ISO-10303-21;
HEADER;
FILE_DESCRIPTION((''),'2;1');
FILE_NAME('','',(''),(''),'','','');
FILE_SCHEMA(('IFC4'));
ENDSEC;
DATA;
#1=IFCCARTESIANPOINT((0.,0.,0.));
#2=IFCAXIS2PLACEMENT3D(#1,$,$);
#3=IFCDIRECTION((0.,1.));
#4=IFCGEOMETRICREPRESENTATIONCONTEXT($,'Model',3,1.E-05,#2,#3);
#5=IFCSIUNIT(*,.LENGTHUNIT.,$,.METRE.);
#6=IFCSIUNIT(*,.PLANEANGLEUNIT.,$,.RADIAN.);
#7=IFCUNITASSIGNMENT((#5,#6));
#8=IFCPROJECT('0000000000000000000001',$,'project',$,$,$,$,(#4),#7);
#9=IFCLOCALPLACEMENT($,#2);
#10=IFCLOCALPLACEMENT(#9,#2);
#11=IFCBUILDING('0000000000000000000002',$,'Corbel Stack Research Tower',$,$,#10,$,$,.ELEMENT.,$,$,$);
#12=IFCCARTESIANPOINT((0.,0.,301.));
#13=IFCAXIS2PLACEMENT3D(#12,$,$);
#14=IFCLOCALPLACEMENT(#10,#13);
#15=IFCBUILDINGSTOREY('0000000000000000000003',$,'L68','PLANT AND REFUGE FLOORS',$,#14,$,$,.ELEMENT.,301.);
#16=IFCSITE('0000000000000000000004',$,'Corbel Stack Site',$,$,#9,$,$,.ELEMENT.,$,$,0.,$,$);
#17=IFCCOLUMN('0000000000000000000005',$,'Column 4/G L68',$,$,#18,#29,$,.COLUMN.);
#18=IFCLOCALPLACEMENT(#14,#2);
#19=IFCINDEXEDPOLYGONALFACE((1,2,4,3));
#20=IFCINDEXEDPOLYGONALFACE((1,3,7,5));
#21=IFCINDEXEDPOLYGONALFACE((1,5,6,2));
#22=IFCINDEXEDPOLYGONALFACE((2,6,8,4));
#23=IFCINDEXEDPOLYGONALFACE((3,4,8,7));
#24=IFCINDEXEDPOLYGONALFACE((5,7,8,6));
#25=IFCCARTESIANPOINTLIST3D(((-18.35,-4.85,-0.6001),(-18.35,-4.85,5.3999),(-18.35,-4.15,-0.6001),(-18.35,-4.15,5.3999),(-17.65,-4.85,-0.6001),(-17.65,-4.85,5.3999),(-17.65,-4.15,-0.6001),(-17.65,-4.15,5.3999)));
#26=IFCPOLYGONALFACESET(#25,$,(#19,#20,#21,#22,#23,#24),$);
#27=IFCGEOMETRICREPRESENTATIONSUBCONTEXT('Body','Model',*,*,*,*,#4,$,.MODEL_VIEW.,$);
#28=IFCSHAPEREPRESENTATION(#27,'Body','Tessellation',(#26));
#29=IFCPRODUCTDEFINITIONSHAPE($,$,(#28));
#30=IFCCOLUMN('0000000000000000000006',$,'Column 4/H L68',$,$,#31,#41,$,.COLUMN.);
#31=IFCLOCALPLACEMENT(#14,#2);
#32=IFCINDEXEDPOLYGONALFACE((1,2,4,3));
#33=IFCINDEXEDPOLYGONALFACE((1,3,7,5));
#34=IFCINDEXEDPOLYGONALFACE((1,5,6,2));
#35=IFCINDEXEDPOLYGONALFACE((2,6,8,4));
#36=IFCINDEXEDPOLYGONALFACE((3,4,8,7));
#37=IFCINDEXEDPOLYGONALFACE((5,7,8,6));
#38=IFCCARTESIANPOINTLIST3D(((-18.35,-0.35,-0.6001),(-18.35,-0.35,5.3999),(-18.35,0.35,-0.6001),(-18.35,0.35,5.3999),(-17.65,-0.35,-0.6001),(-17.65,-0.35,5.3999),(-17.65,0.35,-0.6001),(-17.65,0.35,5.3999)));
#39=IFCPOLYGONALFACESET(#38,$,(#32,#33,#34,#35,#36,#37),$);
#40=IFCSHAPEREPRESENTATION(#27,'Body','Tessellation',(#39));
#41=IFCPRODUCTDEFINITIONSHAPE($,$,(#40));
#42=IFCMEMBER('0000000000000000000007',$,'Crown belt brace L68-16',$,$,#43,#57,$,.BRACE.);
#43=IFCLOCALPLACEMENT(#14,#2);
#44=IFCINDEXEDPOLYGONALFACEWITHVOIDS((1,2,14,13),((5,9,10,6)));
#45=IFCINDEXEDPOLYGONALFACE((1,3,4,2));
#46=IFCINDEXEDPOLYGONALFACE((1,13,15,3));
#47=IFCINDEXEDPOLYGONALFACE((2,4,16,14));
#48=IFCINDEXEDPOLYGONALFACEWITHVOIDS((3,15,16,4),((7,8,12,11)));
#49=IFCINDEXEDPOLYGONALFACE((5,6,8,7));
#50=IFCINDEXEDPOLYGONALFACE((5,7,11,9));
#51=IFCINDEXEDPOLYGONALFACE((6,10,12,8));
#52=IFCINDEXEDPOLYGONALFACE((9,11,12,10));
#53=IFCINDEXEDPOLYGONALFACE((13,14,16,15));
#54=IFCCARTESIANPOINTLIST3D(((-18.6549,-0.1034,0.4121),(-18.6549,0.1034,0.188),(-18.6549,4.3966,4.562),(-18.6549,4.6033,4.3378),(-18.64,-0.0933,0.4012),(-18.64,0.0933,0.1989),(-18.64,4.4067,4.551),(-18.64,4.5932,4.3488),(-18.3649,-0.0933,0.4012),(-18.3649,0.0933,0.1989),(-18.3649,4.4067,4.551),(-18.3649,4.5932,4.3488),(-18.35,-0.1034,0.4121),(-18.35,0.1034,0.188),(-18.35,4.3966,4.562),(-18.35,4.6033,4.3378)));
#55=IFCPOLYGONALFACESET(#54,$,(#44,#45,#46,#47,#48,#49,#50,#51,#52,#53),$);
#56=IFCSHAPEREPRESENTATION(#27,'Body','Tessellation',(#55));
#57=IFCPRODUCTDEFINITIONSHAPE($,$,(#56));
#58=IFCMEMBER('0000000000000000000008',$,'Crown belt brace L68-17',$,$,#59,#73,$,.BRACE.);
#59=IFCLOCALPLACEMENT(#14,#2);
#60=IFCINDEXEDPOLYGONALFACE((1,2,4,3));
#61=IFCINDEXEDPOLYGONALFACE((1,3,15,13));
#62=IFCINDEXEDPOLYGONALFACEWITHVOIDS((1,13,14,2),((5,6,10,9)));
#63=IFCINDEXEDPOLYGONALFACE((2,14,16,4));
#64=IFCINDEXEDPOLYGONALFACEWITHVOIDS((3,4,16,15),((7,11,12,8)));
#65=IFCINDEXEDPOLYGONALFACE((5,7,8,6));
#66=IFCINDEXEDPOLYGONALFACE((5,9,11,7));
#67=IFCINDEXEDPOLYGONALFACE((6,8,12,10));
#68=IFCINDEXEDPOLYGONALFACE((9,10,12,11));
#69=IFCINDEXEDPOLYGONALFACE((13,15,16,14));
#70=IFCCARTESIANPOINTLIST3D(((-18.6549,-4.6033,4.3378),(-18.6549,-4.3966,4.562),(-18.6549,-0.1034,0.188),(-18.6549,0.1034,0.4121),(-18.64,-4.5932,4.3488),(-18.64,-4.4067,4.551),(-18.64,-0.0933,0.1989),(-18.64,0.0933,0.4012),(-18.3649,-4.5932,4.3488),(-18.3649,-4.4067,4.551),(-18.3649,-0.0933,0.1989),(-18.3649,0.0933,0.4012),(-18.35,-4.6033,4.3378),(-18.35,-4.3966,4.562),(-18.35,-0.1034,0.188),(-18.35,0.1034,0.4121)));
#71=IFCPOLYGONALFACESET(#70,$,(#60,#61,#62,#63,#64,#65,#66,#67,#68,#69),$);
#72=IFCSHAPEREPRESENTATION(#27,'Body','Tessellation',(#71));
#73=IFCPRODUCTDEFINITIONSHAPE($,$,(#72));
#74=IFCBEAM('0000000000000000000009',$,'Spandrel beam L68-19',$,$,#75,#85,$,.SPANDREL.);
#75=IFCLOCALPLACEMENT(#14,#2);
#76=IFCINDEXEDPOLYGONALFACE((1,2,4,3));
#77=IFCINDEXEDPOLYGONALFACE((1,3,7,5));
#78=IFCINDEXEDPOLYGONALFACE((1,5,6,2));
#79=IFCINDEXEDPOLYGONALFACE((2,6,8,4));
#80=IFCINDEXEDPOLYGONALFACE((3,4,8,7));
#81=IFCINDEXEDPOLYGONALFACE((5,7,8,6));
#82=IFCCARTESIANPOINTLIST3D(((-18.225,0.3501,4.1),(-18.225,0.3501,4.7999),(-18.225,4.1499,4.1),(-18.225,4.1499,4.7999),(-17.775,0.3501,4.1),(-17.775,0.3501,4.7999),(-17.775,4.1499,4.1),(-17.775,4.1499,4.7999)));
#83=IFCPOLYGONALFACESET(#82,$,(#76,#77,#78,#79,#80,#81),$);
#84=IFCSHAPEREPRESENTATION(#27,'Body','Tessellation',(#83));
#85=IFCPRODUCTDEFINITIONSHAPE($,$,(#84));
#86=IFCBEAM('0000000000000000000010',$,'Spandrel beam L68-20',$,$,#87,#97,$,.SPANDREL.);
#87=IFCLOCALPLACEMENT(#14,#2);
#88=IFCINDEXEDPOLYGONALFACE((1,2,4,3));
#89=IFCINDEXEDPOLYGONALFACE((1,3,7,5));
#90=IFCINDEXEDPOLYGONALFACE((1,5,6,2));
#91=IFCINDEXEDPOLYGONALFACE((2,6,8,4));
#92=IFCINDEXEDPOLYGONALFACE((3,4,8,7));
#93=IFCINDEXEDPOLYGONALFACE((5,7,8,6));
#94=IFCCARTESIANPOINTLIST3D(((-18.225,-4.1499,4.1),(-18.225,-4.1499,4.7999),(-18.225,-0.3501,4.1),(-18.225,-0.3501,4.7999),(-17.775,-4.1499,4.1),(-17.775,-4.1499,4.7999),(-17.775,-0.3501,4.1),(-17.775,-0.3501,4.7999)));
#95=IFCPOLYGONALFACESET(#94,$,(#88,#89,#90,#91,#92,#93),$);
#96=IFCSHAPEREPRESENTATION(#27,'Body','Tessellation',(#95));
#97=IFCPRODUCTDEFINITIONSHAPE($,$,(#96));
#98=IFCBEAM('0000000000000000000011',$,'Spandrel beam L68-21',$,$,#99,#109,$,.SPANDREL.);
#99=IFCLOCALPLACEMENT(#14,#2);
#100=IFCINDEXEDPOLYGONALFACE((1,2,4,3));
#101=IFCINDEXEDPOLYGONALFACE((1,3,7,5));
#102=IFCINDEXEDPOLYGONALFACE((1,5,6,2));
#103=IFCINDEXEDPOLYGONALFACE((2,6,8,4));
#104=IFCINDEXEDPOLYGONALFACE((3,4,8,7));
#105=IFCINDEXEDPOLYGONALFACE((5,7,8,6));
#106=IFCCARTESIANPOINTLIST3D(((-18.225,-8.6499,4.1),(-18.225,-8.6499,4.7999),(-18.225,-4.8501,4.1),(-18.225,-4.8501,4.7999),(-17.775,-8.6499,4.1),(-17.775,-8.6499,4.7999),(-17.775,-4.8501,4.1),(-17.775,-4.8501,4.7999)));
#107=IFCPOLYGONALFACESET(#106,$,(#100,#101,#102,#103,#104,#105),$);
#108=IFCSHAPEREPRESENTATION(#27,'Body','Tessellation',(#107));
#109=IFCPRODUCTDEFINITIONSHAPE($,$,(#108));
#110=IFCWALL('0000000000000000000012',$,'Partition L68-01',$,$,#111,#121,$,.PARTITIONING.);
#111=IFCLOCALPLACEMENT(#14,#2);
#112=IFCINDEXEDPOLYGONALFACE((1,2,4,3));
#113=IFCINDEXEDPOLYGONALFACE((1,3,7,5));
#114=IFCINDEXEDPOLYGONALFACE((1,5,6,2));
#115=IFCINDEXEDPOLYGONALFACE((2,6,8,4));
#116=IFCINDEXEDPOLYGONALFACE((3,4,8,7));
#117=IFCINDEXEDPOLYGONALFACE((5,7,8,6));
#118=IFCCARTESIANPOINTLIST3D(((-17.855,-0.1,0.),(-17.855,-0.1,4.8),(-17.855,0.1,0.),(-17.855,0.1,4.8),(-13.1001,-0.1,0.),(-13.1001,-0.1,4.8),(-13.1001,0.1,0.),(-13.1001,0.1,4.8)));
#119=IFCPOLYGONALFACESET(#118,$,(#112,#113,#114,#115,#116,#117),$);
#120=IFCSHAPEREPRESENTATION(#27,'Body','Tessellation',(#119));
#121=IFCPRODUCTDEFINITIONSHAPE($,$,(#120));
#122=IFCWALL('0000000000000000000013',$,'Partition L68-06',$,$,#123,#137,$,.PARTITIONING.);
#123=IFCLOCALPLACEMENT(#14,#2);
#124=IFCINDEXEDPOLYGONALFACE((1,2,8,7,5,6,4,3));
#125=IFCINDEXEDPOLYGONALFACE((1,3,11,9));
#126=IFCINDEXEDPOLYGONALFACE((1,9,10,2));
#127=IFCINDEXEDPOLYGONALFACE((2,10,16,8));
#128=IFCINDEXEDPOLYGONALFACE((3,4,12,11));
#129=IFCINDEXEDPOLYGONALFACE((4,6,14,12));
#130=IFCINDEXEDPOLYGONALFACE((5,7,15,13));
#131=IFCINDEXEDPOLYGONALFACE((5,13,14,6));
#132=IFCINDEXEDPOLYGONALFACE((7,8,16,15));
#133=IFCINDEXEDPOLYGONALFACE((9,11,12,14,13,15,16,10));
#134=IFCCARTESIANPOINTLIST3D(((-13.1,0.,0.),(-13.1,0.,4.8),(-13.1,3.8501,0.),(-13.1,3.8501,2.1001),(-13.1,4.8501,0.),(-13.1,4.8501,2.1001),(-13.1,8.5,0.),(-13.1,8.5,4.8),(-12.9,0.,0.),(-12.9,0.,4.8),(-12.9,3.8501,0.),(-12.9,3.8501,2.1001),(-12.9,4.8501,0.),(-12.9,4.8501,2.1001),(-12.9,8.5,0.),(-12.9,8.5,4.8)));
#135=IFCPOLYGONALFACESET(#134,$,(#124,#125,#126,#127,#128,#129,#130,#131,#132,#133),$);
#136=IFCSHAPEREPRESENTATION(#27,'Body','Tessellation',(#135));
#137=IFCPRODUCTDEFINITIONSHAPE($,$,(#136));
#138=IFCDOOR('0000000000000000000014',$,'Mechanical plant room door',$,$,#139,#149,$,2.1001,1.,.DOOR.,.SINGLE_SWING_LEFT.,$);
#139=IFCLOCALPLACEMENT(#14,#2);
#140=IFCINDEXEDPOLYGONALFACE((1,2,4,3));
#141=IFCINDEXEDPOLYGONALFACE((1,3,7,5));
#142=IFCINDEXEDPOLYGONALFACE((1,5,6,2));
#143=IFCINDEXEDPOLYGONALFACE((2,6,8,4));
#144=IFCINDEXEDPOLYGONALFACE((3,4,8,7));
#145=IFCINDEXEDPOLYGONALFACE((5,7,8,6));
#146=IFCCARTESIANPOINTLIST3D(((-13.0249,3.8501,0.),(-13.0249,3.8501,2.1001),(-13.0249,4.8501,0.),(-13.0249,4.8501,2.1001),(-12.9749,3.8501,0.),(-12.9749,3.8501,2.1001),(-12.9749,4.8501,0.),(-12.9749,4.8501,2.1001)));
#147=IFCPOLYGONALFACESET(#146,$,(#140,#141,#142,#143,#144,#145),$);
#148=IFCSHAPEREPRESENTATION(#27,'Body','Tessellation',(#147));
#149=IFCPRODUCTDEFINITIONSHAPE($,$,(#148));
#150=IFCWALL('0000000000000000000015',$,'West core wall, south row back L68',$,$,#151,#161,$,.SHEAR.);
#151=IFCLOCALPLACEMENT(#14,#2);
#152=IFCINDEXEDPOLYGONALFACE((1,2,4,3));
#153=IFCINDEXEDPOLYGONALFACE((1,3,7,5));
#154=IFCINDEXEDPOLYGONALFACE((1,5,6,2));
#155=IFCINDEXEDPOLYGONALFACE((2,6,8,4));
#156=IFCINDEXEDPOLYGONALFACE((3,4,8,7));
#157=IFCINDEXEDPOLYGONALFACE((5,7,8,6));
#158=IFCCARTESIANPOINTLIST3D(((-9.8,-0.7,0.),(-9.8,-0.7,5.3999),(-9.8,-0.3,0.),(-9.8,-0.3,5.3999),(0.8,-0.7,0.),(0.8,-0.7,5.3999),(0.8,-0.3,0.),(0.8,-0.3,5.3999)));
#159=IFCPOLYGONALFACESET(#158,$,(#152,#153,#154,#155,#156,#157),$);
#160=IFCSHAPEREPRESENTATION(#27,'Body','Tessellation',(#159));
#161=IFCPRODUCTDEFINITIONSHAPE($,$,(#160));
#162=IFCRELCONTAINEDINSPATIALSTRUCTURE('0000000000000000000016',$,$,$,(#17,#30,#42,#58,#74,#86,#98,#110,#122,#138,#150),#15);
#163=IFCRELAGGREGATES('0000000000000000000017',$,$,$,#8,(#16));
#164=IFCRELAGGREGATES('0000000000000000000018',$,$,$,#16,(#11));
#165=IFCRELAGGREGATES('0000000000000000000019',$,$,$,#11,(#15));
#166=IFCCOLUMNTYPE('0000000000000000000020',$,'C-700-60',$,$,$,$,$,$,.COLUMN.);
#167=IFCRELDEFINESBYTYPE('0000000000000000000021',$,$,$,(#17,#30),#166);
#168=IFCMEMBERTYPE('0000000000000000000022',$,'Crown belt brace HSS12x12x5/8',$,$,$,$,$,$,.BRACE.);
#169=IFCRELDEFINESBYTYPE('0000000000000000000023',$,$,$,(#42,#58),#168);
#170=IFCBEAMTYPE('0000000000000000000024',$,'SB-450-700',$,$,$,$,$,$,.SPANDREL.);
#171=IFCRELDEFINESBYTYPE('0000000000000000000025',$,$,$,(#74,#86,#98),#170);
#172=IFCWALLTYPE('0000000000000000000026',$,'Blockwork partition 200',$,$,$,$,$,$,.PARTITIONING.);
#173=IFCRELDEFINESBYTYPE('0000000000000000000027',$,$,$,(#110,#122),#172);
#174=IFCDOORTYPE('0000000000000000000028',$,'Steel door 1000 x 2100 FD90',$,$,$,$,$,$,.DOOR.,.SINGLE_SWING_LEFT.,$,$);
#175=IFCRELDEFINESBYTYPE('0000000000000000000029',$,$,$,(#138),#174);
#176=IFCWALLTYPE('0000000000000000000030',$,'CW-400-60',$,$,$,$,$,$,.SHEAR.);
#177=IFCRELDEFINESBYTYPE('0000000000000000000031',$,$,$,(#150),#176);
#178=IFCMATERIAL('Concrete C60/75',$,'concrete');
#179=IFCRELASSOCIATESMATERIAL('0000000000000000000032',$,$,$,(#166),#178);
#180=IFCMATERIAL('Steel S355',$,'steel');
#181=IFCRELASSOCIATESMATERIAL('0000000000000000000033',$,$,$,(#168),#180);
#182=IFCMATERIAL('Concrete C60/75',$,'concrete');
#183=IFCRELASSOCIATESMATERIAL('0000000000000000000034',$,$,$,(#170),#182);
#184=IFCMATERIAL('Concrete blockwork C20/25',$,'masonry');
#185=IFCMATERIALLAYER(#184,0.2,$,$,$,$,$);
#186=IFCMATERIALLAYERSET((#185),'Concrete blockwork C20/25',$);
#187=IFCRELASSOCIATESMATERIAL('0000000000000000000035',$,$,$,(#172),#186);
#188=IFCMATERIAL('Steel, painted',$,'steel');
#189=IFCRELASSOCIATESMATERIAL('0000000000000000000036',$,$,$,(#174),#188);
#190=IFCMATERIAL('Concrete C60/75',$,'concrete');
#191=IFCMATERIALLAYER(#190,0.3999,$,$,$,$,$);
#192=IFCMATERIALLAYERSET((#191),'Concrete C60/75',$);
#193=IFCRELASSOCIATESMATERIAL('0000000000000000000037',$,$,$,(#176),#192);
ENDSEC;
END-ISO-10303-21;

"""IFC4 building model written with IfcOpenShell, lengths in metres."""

from ifc_helpers import new_model, si_unit, direction, frame, frame_2d, origin, origin_2d, place, context, subcontext, project, spatial, rectangle, hollow_rectangle, extrude, material, layer, layer_set, material_profile, profile_set, type_object, element, fill, save


model = new_model("IFC4")

# Units and contexts
model_context = context("Model", 3, precision=1e-05, world=origin(), true_north=direction((0.0, 1.0)))
body_context = subcontext(model_context, "Body", "Model", "MODEL_VIEW")
ifc_project = project(units=[si_unit("LENGTHUNIT", "METRE"), si_unit("PLANEANGLEUNIT", "RADIAN")], contexts=[model_context])

# Site, building, storey
site_placement = place(None, origin())
site = spatial("IfcSite", under=ifc_project, at=site_placement, Name="Corbel Stack Site", CompositionType="ELEMENT", RefElevation=0.0)
building_placement = place(site_placement, origin())
building = spatial("IfcBuilding", under=site, at=building_placement, Name="Corbel Stack Research Tower", CompositionType="ELEMENT")
storey_placement = place(building_placement, frame((0.0, 0.0, 301.0)))
storey = spatial("IfcBuildingStorey", under=building, at=storey_placement, Name="L68", Description="PLANT AND REFUGE FLOORS", CompositionType="ELEMENT", Elevation=301.0)

# Columns
ifc_material_1 = material(Name="Concrete C60/75", Category="concrete")
ifc_material_profile_1 = material_profile(ifc_material_1, rectangle(XDim=0.7, YDim=0.7, at=origin_2d()), Name="RC 700 x 700")
ifc_profile_set_1 = profile_set([ifc_material_profile_1], Name="Concrete C60/75")
column_type = type_object("IfcColumnType", Name="C-700-60", PredefinedType="COLUMN", material=ifc_profile_set_1)
for number, where, z_axis, x_axis, name in (
    (1, (-18.0, -4.5, -0.6001), (0.0, 0.0, 1.0), (1.0, 0.0, 0.0), "Column 4/G L68"),
    (2, (-18.0, 0.0, -0.6001), (0.0, 0.0, 1.0), (1.0, 0.0, 0.0), "Column 4/H L68"),
):
    element("IfcColumn", number, at=place(storey_placement, frame(where, z_axis=z_axis, x_axis=x_axis)), inside=storey, type_object=column_type, Name=name, PredefinedType="COLUMN", context=body_context, shape_type="SweptSolid", body=[
        extrude(rectangle(XDim=0.7, YDim=0.7, at=origin_2d()), origin(), (0.0, 0.0, 1.0), 6.0),
    ])

# Members
ifc_material_2 = material(Name="Steel S355", Category="steel")
ifc_material_profile_2 = material_profile(ifc_material_2, hollow_rectangle(XDim=0.3049, YDim=0.3049, WallThickness=0.0149, at=origin_2d()), Name="HSS12x12x5/8")
ifc_profile_set_2 = profile_set([ifc_material_profile_2], Name="Steel S355")
member_type = type_object("IfcMemberType", Name="Crown belt brace HSS12x12x5/8", PredefinedType="BRACE", material=ifc_profile_set_2)
for number, where, z_axis, x_axis, name in (
    (3, (-18.5024, 0.0, 0.3), (0.0, 0.735124, 0.677932), (-1.0, 0.0, 0.0), "Crown belt brace L68-16"),
    (4, (-18.5024, 0.0, 0.3), (0.0, -0.735124, 0.677932), (1.0, 0.0, 0.0), "Crown belt brace L68-17"),
):
    element("IfcMember", number, at=place(storey_placement, frame(where, z_axis=z_axis, x_axis=x_axis)), inside=storey, type_object=member_type, Name=name, PredefinedType="BRACE", context=body_context, shape_type="SweptSolid", body=[
        extrude(hollow_rectangle(XDim=0.3049, YDim=0.3049, WallThickness=0.0149, at=origin_2d()), origin(), (0.0, 0.0, 1.0), 6.1213),
    ])

# Beams
ifc_material_3 = material(Name="Concrete C60/75", Category="concrete")
ifc_material_profile_3 = material_profile(ifc_material_3, rectangle(XDim=0.45, YDim=0.7, at=origin_2d()), Name="RC 450 x 700")
ifc_profile_set_3 = profile_set([ifc_material_profile_3], Name="Concrete C60/75")
beam_type = type_object("IfcBeamType", Name="SB-450-700", PredefinedType="SPANDREL", material=ifc_profile_set_3)
for number, where, z_axis, x_axis, name in (
    (5, (-18.0, 4.1499, 4.45), (0.0, -1.0, 0.0), (1.0, 0.0, 0.0), "Spandrel beam L68-19"),
    (6, (-18.0, -0.3501, 4.45), (0.0, -1.0, 0.0), (1.0, 0.0, 0.0), "Spandrel beam L68-20"),
    (7, (-18.0, -4.8501, 4.45), (0.0, -1.0, 0.0), (1.0, 0.0, 0.0), "Spandrel beam L68-21"),
):
    element("IfcBeam", number, at=place(storey_placement, frame(where, z_axis=z_axis, x_axis=x_axis)), inside=storey, type_object=beam_type, Name=name, PredefinedType="SPANDREL", context=body_context, shape_type="SweptSolid", body=[
        extrude(rectangle(XDim=0.45, YDim=0.7, at=origin_2d()), origin(), (0.0, 0.0, 1.0), 3.7998),
    ])

# Wall
ifc_material_4 = material(Name="Concrete blockwork C20/25", Category="masonry")
ifc_layer_1 = layer(ifc_material_4, 0.2)
ifc_layer_set_1 = layer_set([ifc_layer_1], Name="Concrete blockwork C20/25")
wall_type_1 = type_object("IfcWallType", Name="Blockwork partition 200", PredefinedType="PARTITIONING", material=ifc_layer_set_1)
wall_1_placement = place(storey_placement, frame((-17.855, 0.0, 0.0), z_axis=(0.0, 0.0, 1.0), x_axis=(1.0, 0.0, 0.0)))
element("IfcWall", 8, at=wall_1_placement, inside=storey, type_object=wall_type_1, Name="Partition L68-01", PredefinedType="PARTITIONING", context=body_context, shape_type="SweptSolid", body=[
    extrude(rectangle(XDim=4.7549, YDim=0.2, at=frame_2d((2.3774, 0.0))), origin(), (0.0, 0.0, 1.0), 4.8),
])

# Wall, opening, door
wall_2_placement = place(storey_placement, frame((-13.0, 0.0, 0.0), z_axis=(0.0, 0.0, 1.0), x_axis=(0.0, 1.0, 0.0)))
wall_2 = element("IfcWall", 9, at=wall_2_placement, inside=storey, type_object=wall_type_1, Name="Partition L68-06", PredefinedType="PARTITIONING", context=body_context, shape_type="SweptSolid", body=[
    extrude(rectangle(XDim=8.5, YDim=0.2, at=frame_2d((4.25, 0.0))), origin(), (0.0, 0.0, 1.0), 4.8),
])
opening_1_placement = place(wall_2_placement, frame((3.8501, 0.0, 0.0)))
opening_1 = element("IfcOpeningElement", 10, at=opening_1_placement, cuts=wall_2, PredefinedType="OPENING", context=body_context, shape_type="SweptSolid", body=[
    extrude(rectangle(XDim=1.0, YDim=2.1001, at=frame_2d((0.5, 1.05))), frame((0.0, 0.1099, 0.0), z_axis=(0.0, -1.0, 0.0), x_axis=(1.0, 0.0, 0.0)), (0.0, 0.0, 1.0), 0.22),
])
ifc_material_5 = material(Name="Steel, painted", Category="steel")
door_type_1 = type_object("IfcDoorType", Name="Steel door 1000 x 2100 FD90", OperationType="SINGLE_SWING_LEFT", PredefinedType="DOOR", material=ifc_material_5)
door_1_placement = place(opening_1_placement, origin())
door_1 = element("IfcDoor", 11, at=door_1_placement, inside=storey, type_object=door_type_1, Name="Mechanical plant room door", OperationType="SINGLE_SWING_LEFT", OverallHeight=2.1001, OverallWidth=1.0, PredefinedType="DOOR", context=body_context, shape_type="SweptSolid", body=[
    extrude(rectangle(XDim=1.0, YDim=2.1001, at=frame_2d((0.5, 1.05))), frame((0.0, 0.0249, 0.0), z_axis=(0.0, -1.0, 0.0), x_axis=(1.0, 0.0, 0.0)), (0.0, 0.0, 1.0), 0.05),
])
fill(opening_1, door_1)

# Wall
ifc_material_6 = material(Name="Concrete C60/75", Category="concrete")
ifc_layer_2 = layer(ifc_material_6, 0.3999)
ifc_layer_set_2 = layer_set([ifc_layer_2], Name="Concrete C60/75")
wall_type_2 = type_object("IfcWallType", Name="CW-400-60", PredefinedType="SHEAR", material=ifc_layer_set_2)
wall_3_placement = place(storey_placement, frame((-9.8, -0.5, 0.0), z_axis=(0.0, 0.0, 1.0), x_axis=(1.0, 0.0, 0.0)))
element("IfcWall", 12, at=wall_3_placement, inside=storey, type_object=wall_type_2, Name="West core wall, south row back L68", PredefinedType="SHEAR", context=body_context, shape_type="SweptSolid", body=[
    extrude(rectangle(XDim=10.6001, YDim=0.3999, at=frame_2d((5.3, 0.0))), origin(), (0.0, 0.0, 1.0), 5.3999),
])

save(model, "model.ifc")
